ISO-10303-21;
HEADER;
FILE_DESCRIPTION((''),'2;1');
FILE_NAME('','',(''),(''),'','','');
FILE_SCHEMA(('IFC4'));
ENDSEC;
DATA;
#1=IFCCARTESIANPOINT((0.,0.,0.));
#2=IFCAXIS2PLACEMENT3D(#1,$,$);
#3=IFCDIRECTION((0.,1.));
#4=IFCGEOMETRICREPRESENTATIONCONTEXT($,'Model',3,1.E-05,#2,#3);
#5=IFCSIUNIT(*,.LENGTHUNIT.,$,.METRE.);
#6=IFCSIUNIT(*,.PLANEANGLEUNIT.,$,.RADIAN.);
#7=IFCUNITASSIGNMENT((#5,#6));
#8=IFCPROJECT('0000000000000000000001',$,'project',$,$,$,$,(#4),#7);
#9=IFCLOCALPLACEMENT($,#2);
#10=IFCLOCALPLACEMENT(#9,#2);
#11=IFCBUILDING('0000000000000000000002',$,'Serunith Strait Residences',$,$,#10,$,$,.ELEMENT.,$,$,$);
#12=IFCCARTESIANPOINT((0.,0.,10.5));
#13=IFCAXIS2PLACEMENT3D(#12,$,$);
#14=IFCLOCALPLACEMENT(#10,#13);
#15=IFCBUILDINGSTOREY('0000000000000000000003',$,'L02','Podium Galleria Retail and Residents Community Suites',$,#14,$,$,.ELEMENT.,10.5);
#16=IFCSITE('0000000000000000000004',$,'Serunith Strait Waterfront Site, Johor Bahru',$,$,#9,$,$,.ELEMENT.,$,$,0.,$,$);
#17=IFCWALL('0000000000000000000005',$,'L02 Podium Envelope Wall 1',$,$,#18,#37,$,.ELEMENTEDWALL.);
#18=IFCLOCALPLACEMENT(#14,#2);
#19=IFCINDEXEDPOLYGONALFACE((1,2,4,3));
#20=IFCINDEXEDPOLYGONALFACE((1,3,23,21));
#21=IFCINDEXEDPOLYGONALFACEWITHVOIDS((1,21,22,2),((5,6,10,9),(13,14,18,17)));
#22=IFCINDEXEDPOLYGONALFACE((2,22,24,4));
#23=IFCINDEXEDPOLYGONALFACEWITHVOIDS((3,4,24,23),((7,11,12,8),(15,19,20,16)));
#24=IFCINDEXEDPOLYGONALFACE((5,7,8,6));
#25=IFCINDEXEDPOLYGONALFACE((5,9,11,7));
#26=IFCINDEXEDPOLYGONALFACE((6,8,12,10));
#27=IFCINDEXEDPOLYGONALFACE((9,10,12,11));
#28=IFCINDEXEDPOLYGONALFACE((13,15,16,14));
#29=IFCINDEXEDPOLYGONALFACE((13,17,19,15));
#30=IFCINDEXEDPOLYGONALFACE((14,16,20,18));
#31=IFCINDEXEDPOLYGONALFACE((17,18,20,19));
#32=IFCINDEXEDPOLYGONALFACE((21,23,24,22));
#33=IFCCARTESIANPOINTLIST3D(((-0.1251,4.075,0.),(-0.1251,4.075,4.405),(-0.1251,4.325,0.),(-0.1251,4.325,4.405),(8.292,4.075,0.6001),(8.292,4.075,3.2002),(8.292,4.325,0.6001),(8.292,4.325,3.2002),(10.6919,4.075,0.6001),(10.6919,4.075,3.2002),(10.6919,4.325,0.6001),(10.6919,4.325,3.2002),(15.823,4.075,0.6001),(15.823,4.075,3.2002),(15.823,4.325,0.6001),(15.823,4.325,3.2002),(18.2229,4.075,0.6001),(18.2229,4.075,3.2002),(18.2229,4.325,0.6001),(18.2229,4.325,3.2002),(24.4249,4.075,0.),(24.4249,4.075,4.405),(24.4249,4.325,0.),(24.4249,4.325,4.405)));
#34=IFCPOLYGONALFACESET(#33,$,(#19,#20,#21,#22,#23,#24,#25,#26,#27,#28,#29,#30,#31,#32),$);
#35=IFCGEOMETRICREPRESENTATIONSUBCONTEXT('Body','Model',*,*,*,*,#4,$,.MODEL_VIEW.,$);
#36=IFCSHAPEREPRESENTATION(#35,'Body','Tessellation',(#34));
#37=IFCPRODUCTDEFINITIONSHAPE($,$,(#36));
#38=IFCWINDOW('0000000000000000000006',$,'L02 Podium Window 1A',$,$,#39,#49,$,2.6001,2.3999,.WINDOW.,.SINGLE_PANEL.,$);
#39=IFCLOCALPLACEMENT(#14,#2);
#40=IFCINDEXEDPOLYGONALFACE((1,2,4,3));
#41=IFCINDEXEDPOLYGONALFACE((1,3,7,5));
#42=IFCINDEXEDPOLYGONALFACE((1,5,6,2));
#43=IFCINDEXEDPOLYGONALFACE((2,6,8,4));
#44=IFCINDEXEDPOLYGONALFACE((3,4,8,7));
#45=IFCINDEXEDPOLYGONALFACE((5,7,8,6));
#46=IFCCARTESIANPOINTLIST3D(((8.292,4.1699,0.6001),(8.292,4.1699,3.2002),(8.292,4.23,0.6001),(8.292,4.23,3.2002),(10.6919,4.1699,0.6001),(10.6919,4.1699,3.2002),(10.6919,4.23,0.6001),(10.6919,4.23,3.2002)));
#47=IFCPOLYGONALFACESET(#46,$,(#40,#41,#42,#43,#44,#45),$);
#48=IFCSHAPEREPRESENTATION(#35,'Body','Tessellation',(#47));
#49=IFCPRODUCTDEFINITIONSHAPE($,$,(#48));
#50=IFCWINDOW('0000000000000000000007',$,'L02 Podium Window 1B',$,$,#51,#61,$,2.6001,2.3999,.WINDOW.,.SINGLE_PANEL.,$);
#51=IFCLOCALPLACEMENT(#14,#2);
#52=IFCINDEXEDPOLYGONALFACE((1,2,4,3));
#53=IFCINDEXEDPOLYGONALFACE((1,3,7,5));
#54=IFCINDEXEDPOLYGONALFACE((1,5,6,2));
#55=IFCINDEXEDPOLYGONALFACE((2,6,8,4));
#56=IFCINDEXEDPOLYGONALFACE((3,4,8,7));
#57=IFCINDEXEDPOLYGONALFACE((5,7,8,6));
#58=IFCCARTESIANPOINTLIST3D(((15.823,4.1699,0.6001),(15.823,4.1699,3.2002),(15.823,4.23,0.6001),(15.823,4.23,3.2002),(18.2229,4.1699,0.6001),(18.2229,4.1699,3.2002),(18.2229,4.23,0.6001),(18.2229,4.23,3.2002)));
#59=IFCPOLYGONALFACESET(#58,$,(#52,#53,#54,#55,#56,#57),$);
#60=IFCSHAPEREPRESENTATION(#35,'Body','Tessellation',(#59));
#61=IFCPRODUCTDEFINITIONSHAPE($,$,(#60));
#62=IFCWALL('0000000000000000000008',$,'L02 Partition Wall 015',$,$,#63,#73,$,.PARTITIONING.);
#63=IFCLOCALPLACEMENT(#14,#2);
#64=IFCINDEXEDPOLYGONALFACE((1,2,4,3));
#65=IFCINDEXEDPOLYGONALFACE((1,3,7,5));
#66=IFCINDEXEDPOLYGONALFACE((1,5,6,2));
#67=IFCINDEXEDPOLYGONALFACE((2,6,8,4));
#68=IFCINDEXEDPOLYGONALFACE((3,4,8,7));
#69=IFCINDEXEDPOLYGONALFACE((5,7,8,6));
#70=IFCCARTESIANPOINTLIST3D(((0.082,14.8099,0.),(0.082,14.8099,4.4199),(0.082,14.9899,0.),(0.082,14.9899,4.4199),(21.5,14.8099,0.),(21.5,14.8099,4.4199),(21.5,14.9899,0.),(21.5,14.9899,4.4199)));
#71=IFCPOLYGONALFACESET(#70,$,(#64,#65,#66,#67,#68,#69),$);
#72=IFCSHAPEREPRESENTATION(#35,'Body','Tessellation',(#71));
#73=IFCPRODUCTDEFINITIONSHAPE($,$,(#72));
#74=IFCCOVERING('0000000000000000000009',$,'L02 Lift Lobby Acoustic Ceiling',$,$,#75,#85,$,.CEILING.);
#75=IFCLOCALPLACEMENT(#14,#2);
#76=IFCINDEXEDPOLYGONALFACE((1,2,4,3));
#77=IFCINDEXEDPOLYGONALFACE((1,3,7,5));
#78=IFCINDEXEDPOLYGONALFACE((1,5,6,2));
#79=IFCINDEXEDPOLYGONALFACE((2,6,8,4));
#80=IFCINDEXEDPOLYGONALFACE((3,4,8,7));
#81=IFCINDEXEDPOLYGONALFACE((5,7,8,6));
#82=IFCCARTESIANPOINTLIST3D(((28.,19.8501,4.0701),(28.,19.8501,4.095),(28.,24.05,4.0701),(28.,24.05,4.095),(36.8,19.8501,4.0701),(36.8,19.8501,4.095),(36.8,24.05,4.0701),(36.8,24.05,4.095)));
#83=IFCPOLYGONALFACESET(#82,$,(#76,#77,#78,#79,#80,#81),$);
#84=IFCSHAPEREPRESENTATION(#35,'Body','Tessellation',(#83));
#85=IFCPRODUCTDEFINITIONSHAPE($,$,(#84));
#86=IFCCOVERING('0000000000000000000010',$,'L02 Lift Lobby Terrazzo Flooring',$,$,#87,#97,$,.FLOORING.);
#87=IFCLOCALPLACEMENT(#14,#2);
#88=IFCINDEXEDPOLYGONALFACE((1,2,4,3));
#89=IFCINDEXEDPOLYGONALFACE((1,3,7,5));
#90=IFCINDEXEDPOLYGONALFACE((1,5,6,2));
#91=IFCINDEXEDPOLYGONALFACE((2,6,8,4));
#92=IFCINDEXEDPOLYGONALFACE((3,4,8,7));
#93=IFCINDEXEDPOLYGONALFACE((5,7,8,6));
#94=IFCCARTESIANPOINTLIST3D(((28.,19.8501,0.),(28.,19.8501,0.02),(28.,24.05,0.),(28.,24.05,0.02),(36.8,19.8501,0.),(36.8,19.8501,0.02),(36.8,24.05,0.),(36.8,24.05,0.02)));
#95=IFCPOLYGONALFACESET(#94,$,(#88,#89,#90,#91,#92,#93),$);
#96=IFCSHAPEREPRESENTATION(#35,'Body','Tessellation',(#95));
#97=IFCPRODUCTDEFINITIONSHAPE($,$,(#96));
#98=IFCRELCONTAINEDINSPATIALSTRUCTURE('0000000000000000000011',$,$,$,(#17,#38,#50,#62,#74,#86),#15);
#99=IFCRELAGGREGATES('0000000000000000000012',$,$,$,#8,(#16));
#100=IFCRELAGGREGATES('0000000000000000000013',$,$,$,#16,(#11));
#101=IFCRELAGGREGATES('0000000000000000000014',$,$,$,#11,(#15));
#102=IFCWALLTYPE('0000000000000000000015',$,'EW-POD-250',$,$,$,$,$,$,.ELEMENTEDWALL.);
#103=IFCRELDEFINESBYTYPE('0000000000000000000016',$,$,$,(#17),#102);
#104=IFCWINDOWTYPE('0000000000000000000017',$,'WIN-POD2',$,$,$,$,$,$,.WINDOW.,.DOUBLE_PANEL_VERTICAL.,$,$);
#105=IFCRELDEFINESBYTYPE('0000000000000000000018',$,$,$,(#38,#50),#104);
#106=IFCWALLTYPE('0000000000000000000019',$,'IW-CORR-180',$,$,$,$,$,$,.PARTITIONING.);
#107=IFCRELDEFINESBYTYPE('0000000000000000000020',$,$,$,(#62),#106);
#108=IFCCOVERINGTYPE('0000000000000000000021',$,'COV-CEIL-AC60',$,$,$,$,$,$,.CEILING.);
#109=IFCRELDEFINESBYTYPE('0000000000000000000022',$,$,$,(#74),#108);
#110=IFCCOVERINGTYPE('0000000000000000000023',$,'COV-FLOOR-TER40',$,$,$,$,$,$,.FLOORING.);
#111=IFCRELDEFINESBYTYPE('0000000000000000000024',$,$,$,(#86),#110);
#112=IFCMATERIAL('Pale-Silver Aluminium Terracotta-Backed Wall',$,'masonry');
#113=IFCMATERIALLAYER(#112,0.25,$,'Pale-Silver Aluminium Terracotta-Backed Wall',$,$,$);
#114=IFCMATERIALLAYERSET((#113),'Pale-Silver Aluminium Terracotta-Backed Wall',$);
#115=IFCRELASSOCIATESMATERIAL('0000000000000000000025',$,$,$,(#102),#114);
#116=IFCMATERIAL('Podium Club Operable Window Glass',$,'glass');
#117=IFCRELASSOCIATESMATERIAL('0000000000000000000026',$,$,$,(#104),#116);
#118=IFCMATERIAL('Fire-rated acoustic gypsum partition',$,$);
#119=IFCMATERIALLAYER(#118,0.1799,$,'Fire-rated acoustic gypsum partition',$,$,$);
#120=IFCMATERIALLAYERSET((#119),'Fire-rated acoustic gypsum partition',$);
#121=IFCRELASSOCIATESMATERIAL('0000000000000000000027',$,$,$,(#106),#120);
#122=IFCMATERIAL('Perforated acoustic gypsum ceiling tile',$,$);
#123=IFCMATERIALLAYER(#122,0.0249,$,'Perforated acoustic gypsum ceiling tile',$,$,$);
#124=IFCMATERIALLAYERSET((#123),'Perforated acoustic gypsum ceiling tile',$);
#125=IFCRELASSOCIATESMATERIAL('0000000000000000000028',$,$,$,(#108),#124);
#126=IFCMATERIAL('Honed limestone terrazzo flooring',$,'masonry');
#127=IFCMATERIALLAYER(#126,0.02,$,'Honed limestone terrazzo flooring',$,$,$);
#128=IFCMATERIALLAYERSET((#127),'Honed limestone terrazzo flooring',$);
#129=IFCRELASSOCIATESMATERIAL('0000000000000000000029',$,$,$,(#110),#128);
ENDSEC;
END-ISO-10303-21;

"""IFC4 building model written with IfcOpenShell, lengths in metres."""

from ifc_helpers import new_model, si_unit, direction, frame, frame_2d, origin, place, context, subcontext, project, spatial, polyline, rectangle, outline, extrude, source, transform, mapped, material, layer, layer_set, type_object, element, fill, save


model = new_model("IFC4")

# Units and contexts
model_context = context("Model", 3, precision=1e-05, world=origin(), true_north=direction((0.0, 1.0)))
body_context = subcontext(model_context, "Body", "Model", "MODEL_VIEW")
ifc_project = project(units=[si_unit("LENGTHUNIT", "METRE"), si_unit("PLANEANGLEUNIT", "RADIAN")], contexts=[model_context])

# Site, building, storey
site_placement = place(None, origin())
site = spatial("IfcSite", under=ifc_project, at=site_placement, Name="Serunith Strait Waterfront Site, Johor Bahru", CompositionType="ELEMENT", RefElevation=0.0)
building_placement = place(site_placement, origin())
building = spatial("IfcBuilding", under=site, at=building_placement, Name="Serunith Strait Residences", CompositionType="ELEMENT")
storey_placement = place(building_placement, frame((0.0, 0.0, 10.5)))
storey = spatial("IfcBuildingStorey", under=building, at=storey_placement, Name="L02", Description="Podium Galleria Retail and Residents Community Suites", CompositionType="ELEMENT", Elevation=10.5)

# Wall, openings, windows
ifc_material_1 = material(Name="Pale-Silver Aluminium Terracotta-Backed Wall", Category="masonry")
ifc_layer_1 = layer(ifc_material_1, 0.25, Name="Pale-Silver Aluminium Terracotta-Backed Wall")
ifc_layer_set_1 = layer_set([ifc_layer_1], Name="Pale-Silver Aluminium Terracotta-Backed Wall")
wall_type_1 = type_object("IfcWallType", Name="EW-POD-250", PredefinedType="ELEMENTEDWALL", material=ifc_layer_set_1)
wall_1_placement = place(storey_placement, frame((-0.125, 4.2, 0.0), z_axis=(0.0, 0.0, 1.0), x_axis=(1.0, 0.0, 0.0)))
wall_1 = element("IfcWall", 1, at=wall_1_placement, inside=storey, type_object=wall_type_1, Name="L02 Podium Envelope Wall 1", PredefinedType="ELEMENTEDWALL", context=body_context, shape_type="SweptSolid", body=[
    extrude(rectangle(XDim=24.55, YDim=0.25, at=frame_2d((12.2749, 0.0))), origin(), (0.0, 0.0, 1.0), 4.405),
])
opening_1_placement = place(wall_1_placement, frame((8.417, 0.0, 0.6001)))
opening_1 = element("IfcOpeningElement", 2, at=opening_1_placement, cuts=wall_1, PredefinedType="OPENING", context=body_context, shape_type="SweptSolid", body=[
    extrude(rectangle(XDim=2.3999, YDim=2.6001, at=frame_2d((1.2, 1.3))), frame((0.0, 0.135, 0.0), z_axis=(0.0, -1.0, 0.0), x_axis=(1.0, 0.0, 0.0)), (0.0, 0.0, 1.0), 0.27),
])
opening_2_placement = place(wall_1_placement, frame((15.948, 0.0, 0.6001)))
opening_2 = element("IfcOpeningElement", 3, at=opening_2_placement, cuts=wall_1, PredefinedType="OPENING", context=body_context, shape_type="SweptSolid", body=[
    extrude(rectangle(XDim=2.3999, YDim=2.6001, at=frame_2d((1.2, 1.3))), frame((0.0, 0.135, 0.0), z_axis=(0.0, -1.0, 0.0), x_axis=(1.0, 0.0, 0.0)), (0.0, 0.0, 1.0), 0.27),
])
ifc_material_2 = material(Name="Podium Club Operable Window Glass", Category="glass")
window_type = type_object("IfcWindowType", Name="WIN-POD2", PartitioningType="DOUBLE_PANEL_VERTICAL", PredefinedType="WINDOW", material=ifc_material_2)
shared_shape_1 = source(origin(), body_context, "Body", "SweptSolid", [
    extrude(rectangle(XDim=2.3999, YDim=2.6001, at=frame_2d((1.2, 1.3))), frame((0.0, 0.03, 0.0), z_axis=(0.0, -1.0, 0.0), x_axis=(1.0, 0.0, 0.0)), (0.0, 0.0, 1.0), 0.0601),
])
window_1_placement = place(opening_1_placement, origin())
window_1 = element("IfcWindow", 4, at=window_1_placement, inside=storey, type_object=window_type, Name="L02 Podium Window 1A", OverallHeight=2.6001, OverallWidth=2.3999, PartitioningType="SINGLE_PANEL", PredefinedType="WINDOW", context=body_context, shape_type="MappedRepresentation", body=[
    mapped(shared_shape_1, transform((0.0, 0.0, 0.0), scale=1.0)),
])
fill(opening_1, window_1)
window_2_placement = place(opening_2_placement, origin())
window_2 = element("IfcWindow", 5, at=window_2_placement, inside=storey, type_object=window_type, Name="L02 Podium Window 1B", OverallHeight=2.6001, OverallWidth=2.3999, PartitioningType="SINGLE_PANEL", PredefinedType="WINDOW", context=body_context, shape_type="MappedRepresentation", body=[
    mapped(shared_shape_1, transform((0.0, 0.0, 0.0), scale=1.0)),
])
fill(opening_2, window_2)

# Wall
ifc_material_3 = material(Name="Fire-rated acoustic gypsum partition")
ifc_layer_2 = layer(ifc_material_3, 0.1799, Name="Fire-rated acoustic gypsum partition")
ifc_layer_set_2 = layer_set([ifc_layer_2], Name="Fire-rated acoustic gypsum partition")
wall_type_2 = type_object("IfcWallType", Name="IW-CORR-180", PredefinedType="PARTITIONING", material=ifc_layer_set_2)
wall_2_placement = place(storey_placement, frame((0.082, 14.8999, 0.0), z_axis=(0.0, 0.0, 1.0), x_axis=(1.0, 0.0, 0.0)))
element("IfcWall", 6, at=wall_2_placement, inside=storey, type_object=wall_type_2, Name="L02 Partition Wall 015", PredefinedType="PARTITIONING", context=body_context, shape_type="SweptSolid", body=[
    extrude(rectangle(XDim=21.418, YDim=0.1799, at=frame_2d((10.709, 0.0))), origin(), (0.0, 0.0, 1.0), 4.4199),
])

# Coverings
ifc_material_4 = material(Name="Perforated acoustic gypsum ceiling tile")
ifc_layer_3 = layer(ifc_material_4, 0.0249, Name="Perforated acoustic gypsum ceiling tile")
ifc_layer_set_3 = layer_set([ifc_layer_3], Name="Perforated acoustic gypsum ceiling tile")
covering_type_1 = type_object("IfcCoveringType", Name="COV-CEIL-AC60", PredefinedType="CEILING", material=ifc_layer_set_3)
covering_1_placement = place(storey_placement, frame((0.0, 0.0, 4.0701)))
element("IfcCovering", 7, at=covering_1_placement, inside=storey, type_object=covering_type_1, Name="L02 Lift Lobby Acoustic Ceiling", PredefinedType="CEILING", context=body_context, shape_type="SweptSolid", body=[
    extrude(outline(polyline([(28.0, 19.8501), (36.8, 19.8501), (36.8, 24.05), (28.0, 24.05), (28.0, 19.8501)])), origin(), (0.0, 0.0, 1.0), 0.0249),
])
ifc_material_5 = material(Name="Honed limestone terrazzo flooring", Category="masonry")
ifc_layer_4 = layer(ifc_material_5, 0.02, Name="Honed limestone terrazzo flooring")
ifc_layer_set_4 = layer_set([ifc_layer_4], Name="Honed limestone terrazzo flooring")
covering_type_2 = type_object("IfcCoveringType", Name="COV-FLOOR-TER40", PredefinedType="FLOORING", material=ifc_layer_set_4)
covering_2_placement = place(storey_placement, origin())
element("IfcCovering", 8, at=covering_2_placement, inside=storey, type_object=covering_type_2, Name="L02 Lift Lobby Terrazzo Flooring", PredefinedType="FLOORING", context=body_context, shape_type="SweptSolid", body=[
    extrude(outline(polyline([(28.0, 19.8501), (36.8, 19.8501), (36.8, 24.05), (28.0, 24.05), (28.0, 19.8501)])), origin(), (0.0, 0.0, 1.0), 0.02),
])

save(model, "model.ifc")
